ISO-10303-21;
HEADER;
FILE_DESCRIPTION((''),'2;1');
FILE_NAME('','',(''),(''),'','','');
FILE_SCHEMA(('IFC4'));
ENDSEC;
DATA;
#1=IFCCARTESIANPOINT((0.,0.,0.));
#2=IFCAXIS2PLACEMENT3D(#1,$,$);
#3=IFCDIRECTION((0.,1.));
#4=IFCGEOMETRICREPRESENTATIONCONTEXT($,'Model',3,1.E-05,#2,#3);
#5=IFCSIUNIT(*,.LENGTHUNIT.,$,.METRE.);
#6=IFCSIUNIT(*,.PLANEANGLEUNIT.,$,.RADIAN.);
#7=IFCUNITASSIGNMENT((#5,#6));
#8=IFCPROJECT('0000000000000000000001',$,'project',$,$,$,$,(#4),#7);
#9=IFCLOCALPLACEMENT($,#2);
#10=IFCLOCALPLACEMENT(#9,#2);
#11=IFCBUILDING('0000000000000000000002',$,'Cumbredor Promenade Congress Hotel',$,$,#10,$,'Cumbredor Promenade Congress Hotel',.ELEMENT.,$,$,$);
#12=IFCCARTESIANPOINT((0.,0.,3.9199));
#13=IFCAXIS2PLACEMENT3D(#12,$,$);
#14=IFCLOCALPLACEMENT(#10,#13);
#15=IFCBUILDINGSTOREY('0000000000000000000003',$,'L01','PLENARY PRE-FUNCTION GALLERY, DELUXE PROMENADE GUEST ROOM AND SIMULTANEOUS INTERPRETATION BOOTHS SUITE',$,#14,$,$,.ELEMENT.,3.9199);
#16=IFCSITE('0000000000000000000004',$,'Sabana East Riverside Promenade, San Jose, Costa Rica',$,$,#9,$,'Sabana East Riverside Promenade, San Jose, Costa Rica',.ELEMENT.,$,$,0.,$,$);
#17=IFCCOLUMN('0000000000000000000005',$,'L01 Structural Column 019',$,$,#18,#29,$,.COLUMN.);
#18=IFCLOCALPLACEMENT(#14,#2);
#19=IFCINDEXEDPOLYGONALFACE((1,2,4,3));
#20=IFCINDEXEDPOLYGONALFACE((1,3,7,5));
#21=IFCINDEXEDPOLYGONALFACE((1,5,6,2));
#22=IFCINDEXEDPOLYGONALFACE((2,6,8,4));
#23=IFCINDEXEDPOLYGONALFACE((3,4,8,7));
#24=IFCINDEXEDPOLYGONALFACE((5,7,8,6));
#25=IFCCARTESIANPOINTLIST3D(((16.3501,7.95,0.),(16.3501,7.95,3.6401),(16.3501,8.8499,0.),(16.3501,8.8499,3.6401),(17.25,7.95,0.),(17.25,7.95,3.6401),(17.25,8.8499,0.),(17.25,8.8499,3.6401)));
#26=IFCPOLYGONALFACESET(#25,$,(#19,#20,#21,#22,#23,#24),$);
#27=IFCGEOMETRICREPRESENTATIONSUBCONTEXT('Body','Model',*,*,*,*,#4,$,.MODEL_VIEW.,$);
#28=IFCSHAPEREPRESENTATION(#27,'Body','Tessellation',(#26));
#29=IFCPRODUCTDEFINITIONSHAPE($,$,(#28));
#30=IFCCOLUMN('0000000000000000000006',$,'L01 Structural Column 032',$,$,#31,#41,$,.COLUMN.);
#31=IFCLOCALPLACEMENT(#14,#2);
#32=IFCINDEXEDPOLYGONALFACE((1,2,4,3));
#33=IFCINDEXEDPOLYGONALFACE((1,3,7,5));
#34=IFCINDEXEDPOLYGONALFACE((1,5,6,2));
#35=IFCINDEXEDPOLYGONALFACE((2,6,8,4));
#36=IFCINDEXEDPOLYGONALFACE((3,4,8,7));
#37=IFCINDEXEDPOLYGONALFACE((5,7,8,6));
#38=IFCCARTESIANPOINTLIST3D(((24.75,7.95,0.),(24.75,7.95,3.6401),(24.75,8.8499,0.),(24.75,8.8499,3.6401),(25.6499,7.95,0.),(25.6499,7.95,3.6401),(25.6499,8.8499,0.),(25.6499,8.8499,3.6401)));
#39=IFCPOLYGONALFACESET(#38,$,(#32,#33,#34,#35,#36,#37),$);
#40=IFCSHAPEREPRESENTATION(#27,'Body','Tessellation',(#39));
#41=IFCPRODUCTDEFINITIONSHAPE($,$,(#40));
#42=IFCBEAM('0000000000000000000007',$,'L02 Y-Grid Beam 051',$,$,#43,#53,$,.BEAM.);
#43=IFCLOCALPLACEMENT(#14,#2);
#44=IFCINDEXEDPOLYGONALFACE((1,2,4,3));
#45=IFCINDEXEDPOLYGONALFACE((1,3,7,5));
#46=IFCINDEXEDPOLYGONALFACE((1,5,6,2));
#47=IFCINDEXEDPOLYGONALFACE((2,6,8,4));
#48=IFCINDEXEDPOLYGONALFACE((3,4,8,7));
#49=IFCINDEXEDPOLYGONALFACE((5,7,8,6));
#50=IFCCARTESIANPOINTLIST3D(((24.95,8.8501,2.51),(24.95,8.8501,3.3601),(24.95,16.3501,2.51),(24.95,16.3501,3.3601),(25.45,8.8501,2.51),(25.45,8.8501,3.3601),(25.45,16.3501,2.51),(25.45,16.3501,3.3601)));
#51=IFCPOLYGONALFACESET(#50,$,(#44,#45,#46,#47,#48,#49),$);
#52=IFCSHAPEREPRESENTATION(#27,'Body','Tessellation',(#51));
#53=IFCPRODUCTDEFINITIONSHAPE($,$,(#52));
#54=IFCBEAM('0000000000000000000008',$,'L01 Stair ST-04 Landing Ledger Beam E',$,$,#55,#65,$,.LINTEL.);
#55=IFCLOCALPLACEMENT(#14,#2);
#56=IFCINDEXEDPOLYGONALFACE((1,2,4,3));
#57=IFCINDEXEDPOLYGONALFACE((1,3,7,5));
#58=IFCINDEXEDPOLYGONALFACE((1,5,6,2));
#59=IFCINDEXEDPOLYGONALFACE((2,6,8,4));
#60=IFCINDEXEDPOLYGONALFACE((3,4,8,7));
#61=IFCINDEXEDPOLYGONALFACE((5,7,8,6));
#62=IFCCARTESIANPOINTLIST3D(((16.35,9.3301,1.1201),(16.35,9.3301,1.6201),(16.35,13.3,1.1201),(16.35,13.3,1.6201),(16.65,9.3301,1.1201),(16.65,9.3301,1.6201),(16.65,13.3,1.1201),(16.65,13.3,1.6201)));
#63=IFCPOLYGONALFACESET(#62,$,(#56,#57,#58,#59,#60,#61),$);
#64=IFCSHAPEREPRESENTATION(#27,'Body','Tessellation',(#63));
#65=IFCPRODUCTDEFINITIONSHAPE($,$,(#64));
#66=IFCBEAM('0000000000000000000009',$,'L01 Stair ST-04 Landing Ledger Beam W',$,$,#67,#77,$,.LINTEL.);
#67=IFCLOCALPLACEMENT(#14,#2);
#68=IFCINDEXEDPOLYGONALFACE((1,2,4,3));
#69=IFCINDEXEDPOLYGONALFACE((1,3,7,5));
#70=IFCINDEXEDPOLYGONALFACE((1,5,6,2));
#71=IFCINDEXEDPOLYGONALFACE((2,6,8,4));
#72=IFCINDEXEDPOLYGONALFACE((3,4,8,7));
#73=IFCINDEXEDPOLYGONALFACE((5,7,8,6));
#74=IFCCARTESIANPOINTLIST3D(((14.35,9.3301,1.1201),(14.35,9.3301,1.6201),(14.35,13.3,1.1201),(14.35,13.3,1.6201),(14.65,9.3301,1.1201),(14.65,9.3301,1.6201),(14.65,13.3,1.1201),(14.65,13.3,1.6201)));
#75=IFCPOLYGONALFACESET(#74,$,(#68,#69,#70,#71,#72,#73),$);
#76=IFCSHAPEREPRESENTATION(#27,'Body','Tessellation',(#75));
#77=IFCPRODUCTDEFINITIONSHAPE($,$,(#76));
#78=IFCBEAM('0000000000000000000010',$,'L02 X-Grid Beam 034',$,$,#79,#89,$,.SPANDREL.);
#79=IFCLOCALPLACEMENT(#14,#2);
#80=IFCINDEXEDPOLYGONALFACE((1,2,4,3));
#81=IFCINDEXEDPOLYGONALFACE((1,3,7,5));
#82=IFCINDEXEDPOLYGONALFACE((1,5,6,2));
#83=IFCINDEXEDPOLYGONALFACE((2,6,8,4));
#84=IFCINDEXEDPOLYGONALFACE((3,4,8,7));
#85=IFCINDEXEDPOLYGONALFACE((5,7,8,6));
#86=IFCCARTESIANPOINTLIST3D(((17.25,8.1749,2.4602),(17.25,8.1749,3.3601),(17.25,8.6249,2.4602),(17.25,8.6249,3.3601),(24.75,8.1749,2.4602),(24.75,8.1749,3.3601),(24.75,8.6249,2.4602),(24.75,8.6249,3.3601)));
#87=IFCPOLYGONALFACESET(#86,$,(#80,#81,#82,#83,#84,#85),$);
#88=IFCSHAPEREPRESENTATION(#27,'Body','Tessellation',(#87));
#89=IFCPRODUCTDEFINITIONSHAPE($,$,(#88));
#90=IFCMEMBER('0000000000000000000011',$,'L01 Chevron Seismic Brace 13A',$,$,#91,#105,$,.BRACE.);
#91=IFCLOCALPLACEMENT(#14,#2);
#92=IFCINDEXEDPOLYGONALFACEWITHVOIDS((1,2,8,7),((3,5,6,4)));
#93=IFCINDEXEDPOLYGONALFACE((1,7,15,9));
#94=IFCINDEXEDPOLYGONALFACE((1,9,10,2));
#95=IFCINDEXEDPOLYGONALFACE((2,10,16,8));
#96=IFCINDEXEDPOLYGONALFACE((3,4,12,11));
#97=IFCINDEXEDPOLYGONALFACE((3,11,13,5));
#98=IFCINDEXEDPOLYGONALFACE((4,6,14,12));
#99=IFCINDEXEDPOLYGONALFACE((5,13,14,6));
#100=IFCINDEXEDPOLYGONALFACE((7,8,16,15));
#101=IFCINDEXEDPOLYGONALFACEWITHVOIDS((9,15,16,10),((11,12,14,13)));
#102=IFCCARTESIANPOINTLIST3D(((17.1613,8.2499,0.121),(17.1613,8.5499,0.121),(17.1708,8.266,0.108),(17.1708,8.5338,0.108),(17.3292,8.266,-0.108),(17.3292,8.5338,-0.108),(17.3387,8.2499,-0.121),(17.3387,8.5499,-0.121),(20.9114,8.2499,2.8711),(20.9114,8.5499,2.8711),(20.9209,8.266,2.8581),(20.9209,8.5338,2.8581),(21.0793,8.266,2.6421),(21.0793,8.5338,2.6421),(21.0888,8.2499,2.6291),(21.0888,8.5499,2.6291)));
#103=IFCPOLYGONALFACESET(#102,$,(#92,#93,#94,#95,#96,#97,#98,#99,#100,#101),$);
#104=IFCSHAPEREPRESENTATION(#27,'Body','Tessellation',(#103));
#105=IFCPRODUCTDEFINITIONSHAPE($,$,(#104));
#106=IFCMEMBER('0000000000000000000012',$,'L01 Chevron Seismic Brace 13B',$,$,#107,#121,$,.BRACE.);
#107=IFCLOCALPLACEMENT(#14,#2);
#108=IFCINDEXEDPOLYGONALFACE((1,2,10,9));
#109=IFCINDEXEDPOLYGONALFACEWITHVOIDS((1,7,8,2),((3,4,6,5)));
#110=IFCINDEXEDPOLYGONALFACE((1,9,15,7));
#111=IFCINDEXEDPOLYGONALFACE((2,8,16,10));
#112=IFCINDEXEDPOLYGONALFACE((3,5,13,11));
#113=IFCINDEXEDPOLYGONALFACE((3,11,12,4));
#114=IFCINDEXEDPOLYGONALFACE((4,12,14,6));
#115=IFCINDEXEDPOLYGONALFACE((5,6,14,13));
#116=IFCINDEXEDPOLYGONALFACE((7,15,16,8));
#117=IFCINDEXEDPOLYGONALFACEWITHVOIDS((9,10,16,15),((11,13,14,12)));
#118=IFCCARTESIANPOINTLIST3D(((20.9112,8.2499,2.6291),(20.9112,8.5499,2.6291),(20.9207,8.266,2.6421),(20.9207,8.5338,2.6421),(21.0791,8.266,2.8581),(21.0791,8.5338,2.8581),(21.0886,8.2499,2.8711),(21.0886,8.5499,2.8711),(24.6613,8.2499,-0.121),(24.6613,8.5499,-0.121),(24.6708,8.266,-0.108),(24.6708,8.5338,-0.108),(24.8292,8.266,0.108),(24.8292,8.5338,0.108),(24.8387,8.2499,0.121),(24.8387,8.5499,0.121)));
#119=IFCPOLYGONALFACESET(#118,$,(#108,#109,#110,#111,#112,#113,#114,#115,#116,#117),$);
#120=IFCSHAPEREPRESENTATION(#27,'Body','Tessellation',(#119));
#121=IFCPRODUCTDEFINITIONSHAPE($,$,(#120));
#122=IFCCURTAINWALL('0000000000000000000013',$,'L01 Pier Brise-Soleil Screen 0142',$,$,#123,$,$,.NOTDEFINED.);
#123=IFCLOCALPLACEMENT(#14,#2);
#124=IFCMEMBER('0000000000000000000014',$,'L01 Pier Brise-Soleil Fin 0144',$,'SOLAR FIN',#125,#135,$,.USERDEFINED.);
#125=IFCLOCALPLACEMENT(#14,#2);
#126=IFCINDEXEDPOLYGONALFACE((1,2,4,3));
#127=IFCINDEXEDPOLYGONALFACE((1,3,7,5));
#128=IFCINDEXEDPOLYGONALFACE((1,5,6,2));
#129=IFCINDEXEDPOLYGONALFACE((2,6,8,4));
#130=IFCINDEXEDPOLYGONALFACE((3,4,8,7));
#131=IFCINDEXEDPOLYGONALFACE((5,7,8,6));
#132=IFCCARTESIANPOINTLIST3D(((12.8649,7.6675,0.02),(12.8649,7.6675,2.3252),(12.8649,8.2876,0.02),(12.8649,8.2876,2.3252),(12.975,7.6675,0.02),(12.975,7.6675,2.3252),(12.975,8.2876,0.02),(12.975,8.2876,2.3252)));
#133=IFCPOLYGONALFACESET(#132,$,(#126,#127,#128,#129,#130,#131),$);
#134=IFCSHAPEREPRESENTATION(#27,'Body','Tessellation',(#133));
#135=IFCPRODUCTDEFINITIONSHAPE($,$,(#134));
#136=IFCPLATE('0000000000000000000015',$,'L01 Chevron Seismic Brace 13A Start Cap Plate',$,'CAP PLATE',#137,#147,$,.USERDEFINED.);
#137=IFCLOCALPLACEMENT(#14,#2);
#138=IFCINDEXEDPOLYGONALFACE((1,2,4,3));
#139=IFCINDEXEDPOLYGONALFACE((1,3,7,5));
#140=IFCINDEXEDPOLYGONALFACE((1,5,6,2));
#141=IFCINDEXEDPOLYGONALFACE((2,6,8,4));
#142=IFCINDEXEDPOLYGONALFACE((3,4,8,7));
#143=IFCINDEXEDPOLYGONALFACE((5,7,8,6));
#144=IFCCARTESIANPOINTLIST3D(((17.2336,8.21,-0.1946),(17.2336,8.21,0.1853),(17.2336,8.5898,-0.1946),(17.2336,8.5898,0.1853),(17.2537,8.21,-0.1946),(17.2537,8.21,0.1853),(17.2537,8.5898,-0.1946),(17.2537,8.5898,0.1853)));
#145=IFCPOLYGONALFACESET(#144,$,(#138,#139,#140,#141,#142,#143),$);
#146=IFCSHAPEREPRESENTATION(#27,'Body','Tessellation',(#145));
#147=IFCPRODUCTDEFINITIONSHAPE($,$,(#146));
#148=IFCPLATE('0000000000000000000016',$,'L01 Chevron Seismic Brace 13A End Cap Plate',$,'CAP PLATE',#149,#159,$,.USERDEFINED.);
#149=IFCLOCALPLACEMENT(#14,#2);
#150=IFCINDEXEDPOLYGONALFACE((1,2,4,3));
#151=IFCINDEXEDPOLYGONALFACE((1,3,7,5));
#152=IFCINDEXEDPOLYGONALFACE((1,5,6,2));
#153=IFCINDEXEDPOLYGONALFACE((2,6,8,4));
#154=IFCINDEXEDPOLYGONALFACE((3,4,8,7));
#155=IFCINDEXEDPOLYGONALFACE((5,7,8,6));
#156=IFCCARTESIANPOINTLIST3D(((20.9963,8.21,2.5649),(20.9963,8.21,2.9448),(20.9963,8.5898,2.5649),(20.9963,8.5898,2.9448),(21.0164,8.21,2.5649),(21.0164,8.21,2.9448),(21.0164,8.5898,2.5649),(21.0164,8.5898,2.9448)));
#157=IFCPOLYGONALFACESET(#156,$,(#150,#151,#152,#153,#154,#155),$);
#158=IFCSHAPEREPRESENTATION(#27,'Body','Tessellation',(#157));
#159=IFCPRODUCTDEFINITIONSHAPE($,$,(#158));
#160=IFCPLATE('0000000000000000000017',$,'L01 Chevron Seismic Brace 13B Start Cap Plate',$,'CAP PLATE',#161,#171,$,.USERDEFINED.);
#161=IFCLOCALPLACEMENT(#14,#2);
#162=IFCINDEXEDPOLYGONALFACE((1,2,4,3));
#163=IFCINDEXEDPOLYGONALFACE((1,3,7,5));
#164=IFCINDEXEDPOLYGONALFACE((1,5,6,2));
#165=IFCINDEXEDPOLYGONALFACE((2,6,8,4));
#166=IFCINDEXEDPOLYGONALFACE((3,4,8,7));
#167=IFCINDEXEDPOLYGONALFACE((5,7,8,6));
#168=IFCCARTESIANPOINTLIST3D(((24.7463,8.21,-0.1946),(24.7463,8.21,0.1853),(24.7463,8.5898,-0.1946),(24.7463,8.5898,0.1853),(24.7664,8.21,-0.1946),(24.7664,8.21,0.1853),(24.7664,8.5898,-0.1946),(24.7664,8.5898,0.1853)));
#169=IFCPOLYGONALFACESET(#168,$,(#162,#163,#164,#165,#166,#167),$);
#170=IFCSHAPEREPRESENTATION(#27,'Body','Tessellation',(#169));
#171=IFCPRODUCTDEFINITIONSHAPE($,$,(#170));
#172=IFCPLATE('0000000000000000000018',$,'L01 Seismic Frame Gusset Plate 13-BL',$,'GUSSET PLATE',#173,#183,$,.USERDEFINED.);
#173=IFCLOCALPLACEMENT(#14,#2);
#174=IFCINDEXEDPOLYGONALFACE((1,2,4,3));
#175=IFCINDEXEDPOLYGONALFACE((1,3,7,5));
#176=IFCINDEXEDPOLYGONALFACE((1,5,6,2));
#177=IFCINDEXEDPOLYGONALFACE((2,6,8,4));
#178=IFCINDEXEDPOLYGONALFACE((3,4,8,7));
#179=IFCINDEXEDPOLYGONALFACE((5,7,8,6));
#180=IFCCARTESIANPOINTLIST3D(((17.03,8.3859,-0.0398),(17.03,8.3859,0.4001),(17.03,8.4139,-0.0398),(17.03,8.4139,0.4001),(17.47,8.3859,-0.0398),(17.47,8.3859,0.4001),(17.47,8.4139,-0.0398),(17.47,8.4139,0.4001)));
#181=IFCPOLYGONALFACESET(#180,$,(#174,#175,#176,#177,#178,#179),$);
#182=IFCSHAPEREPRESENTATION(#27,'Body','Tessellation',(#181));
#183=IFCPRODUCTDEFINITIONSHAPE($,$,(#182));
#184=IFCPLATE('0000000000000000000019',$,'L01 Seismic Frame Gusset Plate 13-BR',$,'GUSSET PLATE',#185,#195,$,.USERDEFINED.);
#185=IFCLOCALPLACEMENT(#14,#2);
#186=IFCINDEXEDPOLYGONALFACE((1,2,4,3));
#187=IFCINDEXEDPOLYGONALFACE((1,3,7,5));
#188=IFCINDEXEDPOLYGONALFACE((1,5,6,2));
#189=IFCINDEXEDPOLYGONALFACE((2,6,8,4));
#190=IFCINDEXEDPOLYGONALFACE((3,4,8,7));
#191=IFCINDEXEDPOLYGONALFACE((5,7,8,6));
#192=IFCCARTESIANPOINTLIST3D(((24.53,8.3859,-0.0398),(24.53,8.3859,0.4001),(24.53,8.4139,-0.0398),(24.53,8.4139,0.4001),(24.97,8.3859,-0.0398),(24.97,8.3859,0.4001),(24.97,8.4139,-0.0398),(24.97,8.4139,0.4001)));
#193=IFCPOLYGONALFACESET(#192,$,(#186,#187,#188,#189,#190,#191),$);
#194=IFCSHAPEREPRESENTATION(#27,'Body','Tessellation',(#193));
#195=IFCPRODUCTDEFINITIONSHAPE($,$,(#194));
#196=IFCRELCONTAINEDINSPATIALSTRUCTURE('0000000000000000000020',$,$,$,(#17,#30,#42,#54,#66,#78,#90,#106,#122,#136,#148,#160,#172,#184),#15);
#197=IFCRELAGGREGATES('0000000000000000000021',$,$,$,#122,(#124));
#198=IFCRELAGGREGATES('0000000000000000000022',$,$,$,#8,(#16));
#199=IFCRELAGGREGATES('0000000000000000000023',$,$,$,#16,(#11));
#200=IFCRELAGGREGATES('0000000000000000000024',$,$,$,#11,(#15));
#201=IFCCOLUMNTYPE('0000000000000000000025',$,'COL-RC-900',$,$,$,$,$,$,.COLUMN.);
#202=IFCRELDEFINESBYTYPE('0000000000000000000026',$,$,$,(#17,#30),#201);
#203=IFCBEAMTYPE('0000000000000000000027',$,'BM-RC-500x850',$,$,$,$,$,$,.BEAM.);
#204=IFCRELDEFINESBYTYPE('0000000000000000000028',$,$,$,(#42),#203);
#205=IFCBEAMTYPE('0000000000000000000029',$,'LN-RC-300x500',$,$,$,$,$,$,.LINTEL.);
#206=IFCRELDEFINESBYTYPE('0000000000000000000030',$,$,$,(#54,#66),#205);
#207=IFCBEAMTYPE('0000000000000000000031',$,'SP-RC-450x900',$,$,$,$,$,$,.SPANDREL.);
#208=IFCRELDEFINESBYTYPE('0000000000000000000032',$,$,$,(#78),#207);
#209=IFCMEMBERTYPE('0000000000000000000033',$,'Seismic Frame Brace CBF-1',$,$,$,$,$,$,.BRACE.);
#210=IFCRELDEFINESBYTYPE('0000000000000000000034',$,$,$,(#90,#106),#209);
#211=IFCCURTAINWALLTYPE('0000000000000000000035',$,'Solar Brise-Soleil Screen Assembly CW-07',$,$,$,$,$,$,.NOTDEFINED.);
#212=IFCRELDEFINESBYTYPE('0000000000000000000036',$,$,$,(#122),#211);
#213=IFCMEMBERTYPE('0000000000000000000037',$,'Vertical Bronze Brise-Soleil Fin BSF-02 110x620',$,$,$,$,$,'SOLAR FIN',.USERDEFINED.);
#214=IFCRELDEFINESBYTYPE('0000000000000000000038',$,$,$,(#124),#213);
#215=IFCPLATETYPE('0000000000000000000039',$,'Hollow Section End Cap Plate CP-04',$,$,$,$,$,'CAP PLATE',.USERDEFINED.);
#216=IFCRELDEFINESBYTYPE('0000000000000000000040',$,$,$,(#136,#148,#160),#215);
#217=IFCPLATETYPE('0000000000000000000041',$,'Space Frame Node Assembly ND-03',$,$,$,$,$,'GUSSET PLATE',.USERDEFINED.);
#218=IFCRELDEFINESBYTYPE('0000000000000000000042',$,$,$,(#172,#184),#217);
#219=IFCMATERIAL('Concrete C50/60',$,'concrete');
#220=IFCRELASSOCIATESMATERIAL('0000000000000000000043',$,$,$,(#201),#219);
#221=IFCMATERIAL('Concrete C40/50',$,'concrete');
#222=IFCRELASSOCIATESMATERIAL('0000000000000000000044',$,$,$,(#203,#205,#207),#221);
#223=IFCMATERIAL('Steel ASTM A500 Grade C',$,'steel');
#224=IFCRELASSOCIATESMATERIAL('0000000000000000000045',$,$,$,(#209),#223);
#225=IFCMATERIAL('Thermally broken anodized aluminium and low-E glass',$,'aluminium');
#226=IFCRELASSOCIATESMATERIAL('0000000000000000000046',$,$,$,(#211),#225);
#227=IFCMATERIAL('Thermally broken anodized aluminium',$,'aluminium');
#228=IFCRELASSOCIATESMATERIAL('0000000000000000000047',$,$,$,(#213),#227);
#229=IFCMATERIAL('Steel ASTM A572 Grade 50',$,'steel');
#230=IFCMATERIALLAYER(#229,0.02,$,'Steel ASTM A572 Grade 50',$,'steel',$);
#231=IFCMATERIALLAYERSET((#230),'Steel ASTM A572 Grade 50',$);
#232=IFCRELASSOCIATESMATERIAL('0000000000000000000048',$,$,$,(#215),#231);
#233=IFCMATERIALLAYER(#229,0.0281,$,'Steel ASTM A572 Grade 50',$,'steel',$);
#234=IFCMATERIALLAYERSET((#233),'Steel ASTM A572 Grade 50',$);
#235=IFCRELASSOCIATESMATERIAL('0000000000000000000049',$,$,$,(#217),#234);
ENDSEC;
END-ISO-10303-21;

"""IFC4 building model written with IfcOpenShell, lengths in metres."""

from ifc_helpers import new_model, si_unit, direction, frame, origin, origin_2d, place, context, subcontext, project, spatial, rectangle, hollow_rectangle, extrude, material, layer, layer_set, material_profile, profile_set, type_object, element, aggregate, save


model = new_model("IFC4")

# Units and contexts
model_context = context("Model", 3, precision=1e-05, world=origin(), true_north=direction((0.0, 1.0)))
body_context = subcontext(model_context, "Body", "Model", "MODEL_VIEW")
ifc_project = project(units=[si_unit("LENGTHUNIT", "METRE"), si_unit("PLANEANGLEUNIT", "RADIAN")], contexts=[model_context])

# Site, building, storey
site_placement = place(None, origin())
site = spatial("IfcSite", under=ifc_project, at=site_placement, Name="Sabana East Riverside Promenade, San Jose, Costa Rica", LongName="Sabana East Riverside Promenade, San Jose, Costa Rica", CompositionType="ELEMENT", RefElevation=0.0)
building_placement = place(site_placement, origin())
building = spatial("IfcBuilding", under=site, at=building_placement, Name="Cumbredor Promenade Congress Hotel", LongName="Cumbredor Promenade Congress Hotel", CompositionType="ELEMENT")
storey_placement = place(building_placement, frame((0.0, 0.0, 3.9199)))
storey = spatial("IfcBuildingStorey", under=building, at=storey_placement, Name="L01", Description="PLENARY PRE-FUNCTION GALLERY, DELUXE PROMENADE GUEST ROOM AND SIMULTANEOUS INTERPRETATION BOOTHS SUITE", CompositionType="ELEMENT", Elevation=3.9199)

# Columns
ifc_material_1 = material(Name="Concrete C50/60", Category="concrete")
ifc_material_profile_1 = material_profile(ifc_material_1, rectangle(XDim=0.8999, YDim=0.8999, at=origin_2d()), Name="RC 900x900")
ifc_profile_set_1 = profile_set([ifc_material_profile_1], Name="Concrete C50/60")
column_type = type_object("IfcColumnType", Name="COL-RC-900", PredefinedType="COLUMN", material=ifc_profile_set_1)
for number, where, z_axis, x_axis, name in (
    (1, (16.8, 8.3999, 0.0), (0.0, 0.0, 1.0), (1.0, 0.0, 0.0), "L01 Structural Column 019"),
    (2, (25.2, 8.3999, 0.0), (0.0, 0.0, 1.0), (1.0, 0.0, 0.0), "L01 Structural Column 032"),
):
    element("IfcColumn", number, at=place(storey_placement, frame(where, z_axis=z_axis, x_axis=x_axis)), inside=storey, type_object=column_type, Name=name, PredefinedType="COLUMN", context=body_context, shape_type="SweptSolid", body=[
        extrude(rectangle(XDim=0.8999, YDim=0.8999, at=origin_2d()), origin(), (0.0, 0.0, 1.0), 3.6401),
    ])

# Beams
ifc_material_2 = material(Name="Concrete C40/50", Category="concrete")
ifc_material_profile_2 = material_profile(ifc_material_2, rectangle(XDim=0.5, YDim=0.8501, at=origin_2d()), Name="RC BEAM 500x850")
ifc_profile_set_2 = profile_set([ifc_material_profile_2], Name="Concrete C40/50")
beam_type_1 = type_object("IfcBeamType", Name="BM-RC-500x850", PredefinedType="BEAM", material=ifc_profile_set_2)
beam_1_placement = place(storey_placement, frame((25.2, 8.8501, 2.9351), z_axis=(0.0, 1.0, 0.0), x_axis=(-1.0, 0.0, 0.0)))
element("IfcBeam", 3, at=beam_1_placement, inside=storey, type_object=beam_type_1, Name="L02 Y-Grid Beam 051", PredefinedType="BEAM", context=body_context, shape_type="SweptSolid", body=[
    extrude(rectangle(XDim=0.5, YDim=0.8501, at=origin_2d()), origin(), (0.0, 0.0, 1.0), 7.5),
])
ifc_material_profile_3 = material_profile(ifc_material_2, rectangle(XDim=0.3, YDim=0.5, at=origin_2d()), Name="RC LINTEL 300x500")
ifc_profile_set_3 = profile_set([ifc_material_profile_3], Name="Concrete C40/50")
beam_type_2 = type_object("IfcBeamType", Name="LN-RC-300x500", PredefinedType="LINTEL", material=ifc_profile_set_3)
for number, where, z_axis, x_axis, name in (
    (4, (16.5, 9.3301, 1.3701), (0.0, 1.0, 0.0), (-1.0, 0.0, 0.0), "L01 Stair ST-04 Landing Ledger Beam E"),
    (5, (14.5, 9.3301, 1.3701), (0.0, 1.0, 0.0), (-1.0, 0.0, 0.0), "L01 Stair ST-04 Landing Ledger Beam W"),
):
    element("IfcBeam", number, at=place(storey_placement, frame(where, z_axis=z_axis, x_axis=x_axis)), inside=storey, type_object=beam_type_2, Name=name, PredefinedType="LINTEL", context=body_context, shape_type="SweptSolid", body=[
        extrude(rectangle(XDim=0.3, YDim=0.5, at=origin_2d()), origin(), (0.0, 0.0, 1.0), 3.97),
    ])
ifc_material_profile_4 = material_profile(ifc_material_2, rectangle(XDim=0.45, YDim=0.8999, at=origin_2d()), Name="RC SPANDREL 450x900")
ifc_profile_set_4 = profile_set([ifc_material_profile_4], Name="Concrete C40/50")
beam_type_3 = type_object("IfcBeamType", Name="SP-RC-450x900", PredefinedType="SPANDREL", material=ifc_profile_set_4)
beam_2_placement = place(storey_placement, frame((17.25, 8.3999, 2.9102), z_axis=(1.0, 0.0, 0.0), x_axis=(0.0, 1.0, 0.0)))
element("IfcBeam", 6, at=beam_2_placement, inside=storey, type_object=beam_type_3, Name="L02 X-Grid Beam 034", PredefinedType="SPANDREL", context=body_context, shape_type="SweptSolid", body=[
    extrude(rectangle(XDim=0.45, YDim=0.8999, at=origin_2d()), origin(), (0.0, 0.0, 1.0), 7.5),
])

# Members
ifc_material_3 = material(Name="Steel ASTM A500 Grade C", Category="steel")
ifc_material_profile_5 = material_profile(ifc_material_3, hollow_rectangle(XDim=0.3, YDim=0.3, WallThickness=0.0161, at=origin_2d()), Name="HSS 300x300x16")
ifc_profile_set_5 = profile_set([ifc_material_profile_5], Name="Steel ASTM A500 Grade C")
member_type_1 = type_object("IfcMemberType", Name="Seismic Frame Brace CBF-1", PredefinedType="BRACE", material=ifc_profile_set_5)
for number, where, z_axis, x_axis, name in (
    (7, (17.25, 8.3999, 0.0), (0.806405, 0.0, 0.591364), (0.0, 1.0, 0.0), "L01 Chevron Seismic Brace 13A"),
    (8, (24.75, 8.3999, 0.0), (-0.806405, 0.0, 0.591364), (0.0, -1.0, 0.0), "L01 Chevron Seismic Brace 13B"),
):
    element("IfcMember", number, at=place(storey_placement, frame(where, z_axis=z_axis, x_axis=x_axis)), inside=storey, type_object=member_type_1, Name=name, PredefinedType="BRACE", context=body_context, shape_type="SweptSolid", body=[
        extrude(hollow_rectangle(XDim=0.3, YDim=0.3, WallThickness=0.0161, at=origin_2d()), origin(), (0.0, 0.0, 1.0), 4.6504),
    ])

# Curtain wall, member
ifc_material_4 = material(Name="Thermally broken anodized aluminium and low-E glass", Category="aluminium")
curtain_wall_type = type_object("IfcCurtainWallType", Name="Solar Brise-Soleil Screen Assembly CW-07", PredefinedType="NOTDEFINED", material=ifc_material_4)
curtain_wall_placement = place(storey_placement, origin())
curtain_wall = element("IfcCurtainWall", 9, at=curtain_wall_placement, inside=storey, type_object=curtain_wall_type, Name="L01 Pier Brise-Soleil Screen 0142", PredefinedType="NOTDEFINED")
ifc_material_5 = material(Name="Thermally broken anodized aluminium", Category="aluminium")
ifc_material_profile_6 = material_profile(ifc_material_5, rectangle(XDim=0.1101, YDim=0.6201, at=origin_2d()), Name="ARCH FIN 110x620")
ifc_profile_set_6 = profile_set([ifc_material_profile_6], Name="Thermally broken anodized aluminium")
member_type_2 = type_object("IfcMemberType", Name="Vertical Bronze Brise-Soleil Fin BSF-02 110x620", ElementType="SOLAR FIN", PredefinedType="USERDEFINED", material=ifc_profile_set_6)
member_placement = place(storey_placement, frame((12.9199, 7.9775, 0.02), z_axis=(0.0, 0.0, 1.0), x_axis=(1.0, 0.0, 0.0)))
member = element("IfcMember", 10, at=member_placement, type_object=member_type_2, Name="L01 Pier Brise-Soleil Fin 0144", ObjectType="SOLAR FIN", PredefinedType="USERDEFINED", context=body_context, shape_type="SweptSolid", body=[
    extrude(rectangle(XDim=0.1101, YDim=0.6201, at=origin_2d()), origin(), (0.0, 0.0, 1.0), 2.3052),
])
aggregate(curtain_wall, [member])

# Plates
ifc_material_6 = material(Name="Steel ASTM A572 Grade 50", Category="steel")
ifc_layer_1 = layer(ifc_material_6, 0.02, Name="Steel ASTM A572 Grade 50", Category="steel")
ifc_layer_set_1 = layer_set([ifc_layer_1], Name="Steel ASTM A572 Grade 50")
plate_type_1 = type_object("IfcPlateType", Name="Hollow Section End Cap Plate CP-04", ElementType="CAP PLATE", PredefinedType="USERDEFINED", material=ifc_layer_set_1)
for number, where, z_axis, x_axis, name in (
    (11, (17.2437, 8.3999, -0.1946), (0.0, 0.0, 1.0), (1.0, 0.0, 0.0), "L01 Chevron Seismic Brace 13A Start Cap Plate"),
    (12, (21.0063, 8.3999, 2.5649), (0.0, 0.0, 1.0), (1.0, 0.0, 0.0), "L01 Chevron Seismic Brace 13A End Cap Plate"),
    (13, (24.7563, 8.3999, -0.1946), (0.0, 0.0, 1.0), (-1.0, 0.0, 0.0), "L01 Chevron Seismic Brace 13B Start Cap Plate"),
):
    element("IfcPlate", number, at=place(storey_placement, frame(where, z_axis=z_axis, x_axis=x_axis)), inside=storey, type_object=plate_type_1, Name=name, ObjectType="CAP PLATE", PredefinedType="USERDEFINED", context=body_context, shape_type="SweptSolid", body=[
        extrude(rectangle(XDim=0.02, YDim=0.3799, at=origin_2d()), origin(), (0.0, 0.0, 1.0), 0.3799),
    ])
ifc_layer_2 = layer(ifc_material_6, 0.0281, Name="Steel ASTM A572 Grade 50", Category="steel")
ifc_layer_set_2 = layer_set([ifc_layer_2], Name="Steel ASTM A572 Grade 50")
plate_type_2 = type_object("IfcPlateType", Name="Space Frame Node Assembly ND-03", ElementType="GUSSET PLATE", PredefinedType="USERDEFINED", material=ifc_layer_set_2)
for number, where, z_axis, x_axis, name in (
    (14, (17.25, 8.3999, -0.0398), (0.0, 0.0, 1.0), (1.0, 0.0, 0.0), "L01 Seismic Frame Gusset Plate 13-BL"),
    (15, (24.75, 8.3999, -0.0398), (0.0, 0.0, 1.0), (1.0, 0.0, 0.0), "L01 Seismic Frame Gusset Plate 13-BR"),
):
    element("IfcPlate", number, at=place(storey_placement, frame(where, z_axis=z_axis, x_axis=x_axis)), inside=storey, type_object=plate_type_2, Name=name, ObjectType="GUSSET PLATE", PredefinedType="USERDEFINED", context=body_context, shape_type="SweptSolid", body=[
        extrude(rectangle(XDim=0.4399, YDim=0.0281, at=origin_2d()), origin(), (0.0, 0.0, 1.0), 0.4399),
    ])

save(model, "model.ifc")
